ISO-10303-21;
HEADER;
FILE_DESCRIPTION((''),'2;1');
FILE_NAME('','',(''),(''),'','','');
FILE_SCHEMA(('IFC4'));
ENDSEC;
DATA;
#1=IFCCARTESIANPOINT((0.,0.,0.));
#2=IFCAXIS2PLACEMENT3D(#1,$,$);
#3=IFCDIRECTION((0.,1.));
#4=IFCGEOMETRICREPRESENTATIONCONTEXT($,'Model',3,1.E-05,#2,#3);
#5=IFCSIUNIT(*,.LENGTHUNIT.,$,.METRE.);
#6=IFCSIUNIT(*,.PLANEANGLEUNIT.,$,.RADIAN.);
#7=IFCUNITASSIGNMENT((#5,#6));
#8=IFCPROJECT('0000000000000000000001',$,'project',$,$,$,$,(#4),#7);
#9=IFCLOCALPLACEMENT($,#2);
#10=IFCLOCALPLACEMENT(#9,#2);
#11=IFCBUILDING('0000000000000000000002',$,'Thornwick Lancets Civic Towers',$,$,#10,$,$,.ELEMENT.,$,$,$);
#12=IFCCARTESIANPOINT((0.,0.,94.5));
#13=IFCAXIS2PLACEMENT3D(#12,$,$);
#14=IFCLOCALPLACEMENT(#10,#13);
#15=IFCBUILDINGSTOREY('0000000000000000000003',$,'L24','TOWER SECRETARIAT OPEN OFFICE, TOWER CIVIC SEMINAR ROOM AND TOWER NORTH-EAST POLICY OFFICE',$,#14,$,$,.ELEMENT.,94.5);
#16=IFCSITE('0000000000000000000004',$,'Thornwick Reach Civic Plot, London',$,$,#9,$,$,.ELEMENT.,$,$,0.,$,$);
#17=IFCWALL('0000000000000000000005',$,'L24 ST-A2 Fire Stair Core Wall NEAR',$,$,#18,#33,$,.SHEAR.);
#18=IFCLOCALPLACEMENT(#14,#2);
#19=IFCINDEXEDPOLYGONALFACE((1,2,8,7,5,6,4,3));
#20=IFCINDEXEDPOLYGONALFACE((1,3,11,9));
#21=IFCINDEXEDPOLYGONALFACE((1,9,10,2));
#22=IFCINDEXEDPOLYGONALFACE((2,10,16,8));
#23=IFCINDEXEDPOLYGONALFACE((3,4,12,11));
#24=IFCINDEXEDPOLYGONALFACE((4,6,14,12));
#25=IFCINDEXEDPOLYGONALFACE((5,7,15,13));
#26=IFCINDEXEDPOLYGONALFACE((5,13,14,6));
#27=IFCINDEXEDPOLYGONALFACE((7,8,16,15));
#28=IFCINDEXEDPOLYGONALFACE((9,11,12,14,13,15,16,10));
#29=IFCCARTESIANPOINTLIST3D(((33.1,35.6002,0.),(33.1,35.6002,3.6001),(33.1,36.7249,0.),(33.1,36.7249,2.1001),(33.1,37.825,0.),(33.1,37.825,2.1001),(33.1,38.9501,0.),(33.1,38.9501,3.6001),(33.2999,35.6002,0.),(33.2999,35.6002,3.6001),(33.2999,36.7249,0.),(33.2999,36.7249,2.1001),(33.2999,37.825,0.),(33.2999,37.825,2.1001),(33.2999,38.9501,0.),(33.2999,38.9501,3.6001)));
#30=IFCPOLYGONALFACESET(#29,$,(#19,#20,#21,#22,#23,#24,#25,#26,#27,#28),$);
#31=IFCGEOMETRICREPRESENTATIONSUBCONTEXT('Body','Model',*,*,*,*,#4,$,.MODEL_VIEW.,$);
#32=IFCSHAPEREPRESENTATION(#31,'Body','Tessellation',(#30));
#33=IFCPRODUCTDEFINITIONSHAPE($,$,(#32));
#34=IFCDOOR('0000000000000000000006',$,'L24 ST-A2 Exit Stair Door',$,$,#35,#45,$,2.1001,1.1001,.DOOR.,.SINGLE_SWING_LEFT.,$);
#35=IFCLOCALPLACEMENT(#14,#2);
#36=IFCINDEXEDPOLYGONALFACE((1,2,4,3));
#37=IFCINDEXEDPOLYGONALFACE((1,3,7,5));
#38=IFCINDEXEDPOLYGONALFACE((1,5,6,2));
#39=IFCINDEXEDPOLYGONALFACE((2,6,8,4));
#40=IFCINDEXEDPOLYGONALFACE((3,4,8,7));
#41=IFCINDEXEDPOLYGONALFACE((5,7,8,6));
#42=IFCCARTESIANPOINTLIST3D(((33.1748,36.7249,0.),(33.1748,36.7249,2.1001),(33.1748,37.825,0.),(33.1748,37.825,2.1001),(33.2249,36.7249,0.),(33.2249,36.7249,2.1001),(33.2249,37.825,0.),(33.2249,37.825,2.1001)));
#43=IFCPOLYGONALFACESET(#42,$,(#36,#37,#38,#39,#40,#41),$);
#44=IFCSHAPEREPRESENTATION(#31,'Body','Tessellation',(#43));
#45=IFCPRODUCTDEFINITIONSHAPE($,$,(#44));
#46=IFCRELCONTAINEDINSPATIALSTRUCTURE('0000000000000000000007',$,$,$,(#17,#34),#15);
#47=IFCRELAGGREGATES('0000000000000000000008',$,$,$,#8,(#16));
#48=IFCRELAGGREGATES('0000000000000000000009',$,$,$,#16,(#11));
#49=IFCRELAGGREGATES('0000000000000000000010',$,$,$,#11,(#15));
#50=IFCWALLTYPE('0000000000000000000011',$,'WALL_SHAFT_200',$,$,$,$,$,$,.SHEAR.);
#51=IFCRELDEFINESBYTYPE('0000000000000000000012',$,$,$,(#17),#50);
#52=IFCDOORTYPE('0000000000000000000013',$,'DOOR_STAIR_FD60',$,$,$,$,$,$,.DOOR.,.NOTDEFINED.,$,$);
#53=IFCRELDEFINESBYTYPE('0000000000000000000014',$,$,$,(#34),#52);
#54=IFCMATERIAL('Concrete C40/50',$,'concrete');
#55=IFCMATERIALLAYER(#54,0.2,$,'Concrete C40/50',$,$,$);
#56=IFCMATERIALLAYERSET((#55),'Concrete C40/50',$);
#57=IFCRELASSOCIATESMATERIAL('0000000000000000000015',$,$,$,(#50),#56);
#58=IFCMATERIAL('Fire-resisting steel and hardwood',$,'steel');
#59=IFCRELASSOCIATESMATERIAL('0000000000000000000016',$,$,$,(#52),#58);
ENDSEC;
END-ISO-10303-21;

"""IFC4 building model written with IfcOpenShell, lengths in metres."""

from ifc_helpers import new_model, si_unit, direction, frame, frame_2d, origin, place, context, subcontext, project, spatial, rectangle, extrude, material, layer, layer_set, type_object, element, fill, save


model = new_model("IFC4")

# Units and contexts
model_context = context("Model", 3, precision=1e-05, world=origin(), true_north=direction((0.0, 1.0)))
body_context = subcontext(model_context, "Body", "Model", "MODEL_VIEW")
ifc_project = project(units=[si_unit("LENGTHUNIT", "METRE"), si_unit("PLANEANGLEUNIT", "RADIAN")], contexts=[model_context])

# Site, building, storey
site_placement = place(None, origin())
site = spatial("IfcSite", under=ifc_project, at=site_placement, Name="Thornwick Reach Civic Plot, London", CompositionType="ELEMENT", RefElevation=0.0)
building_placement = place(site_placement, origin())
building = spatial("IfcBuilding", under=site, at=building_placement, Name="Thornwick Lancets Civic Towers", CompositionType="ELEMENT")
storey_placement = place(building_placement, frame((0.0, 0.0, 94.5)))
storey = spatial("IfcBuildingStorey", under=building, at=storey_placement, Name="L24", Description="TOWER SECRETARIAT OPEN OFFICE, TOWER CIVIC SEMINAR ROOM AND TOWER NORTH-EAST POLICY OFFICE", CompositionType="ELEMENT", Elevation=94.5)

# Wall, opening, door
ifc_material_1 = material(Name="Concrete C40/50", Category="concrete")
ifc_layer_1 = layer(ifc_material_1, 0.2, Name="Concrete C40/50")
ifc_layer_set_1 = layer_set([ifc_layer_1], Name="Concrete C40/50")
wall_type_1 = type_object("IfcWallType", Name="WALL_SHAFT_200", PredefinedType="SHEAR", material=ifc_layer_set_1)
wall_1_placement = place(storey_placement, frame((33.2, 38.95, 0.0), z_axis=(0.0, 0.0, 1.0), x_axis=(0.0, -1.0, 0.0)))
wall_1 = element("IfcWall", 1, at=wall_1_placement, inside=storey, type_object=wall_type_1, Name="L24 ST-A2 Fire Stair Core Wall NEAR", PredefinedType="SHEAR", context=body_context, shape_type="SweptSolid", body=[
    extrude(rectangle(XDim=3.3499, YDim=0.2, at=frame_2d((1.6748, 0.0))), origin(), (0.0, 0.0, 1.0), 3.6001),
])
opening_1_placement = place(wall_1_placement, frame((1.125, 0.0, 0.0)))
opening_1 = element("IfcOpeningElement", 2, at=opening_1_placement, cuts=wall_1, PredefinedType="OPENING", context=body_context, shape_type="SweptSolid", body=[
    extrude(rectangle(XDim=1.1001, YDim=2.1001, at=frame_2d((0.55, 1.05))), frame((0.0, 0.1099, 0.0), z_axis=(0.0, -1.0, 0.0), x_axis=(1.0, 0.0, 0.0)), (0.0, 0.0, 1.0), 0.22),
])
ifc_material_2 = material(Name="Fire-resisting steel and hardwood", Category="steel")
door_type_1 = type_object("IfcDoorType", Name="DOOR_STAIR_FD60", OperationType="NOTDEFINED", PredefinedType="DOOR", material=ifc_material_2)
door_1_placement = place(opening_1_placement, origin())
door_1 = element("IfcDoor", 3, at=door_1_placement, inside=storey, type_object=door_type_1, Name="L24 ST-A2 Exit Stair Door", OperationType="SINGLE_SWING_LEFT", OverallHeight=2.1001, OverallWidth=1.1001, PredefinedType="DOOR", context=body_context, shape_type="SweptSolid", body=[
    extrude(rectangle(XDim=1.1001, YDim=2.1001, at=frame_2d((0.55, 1.05))), frame((0.0, 0.0249, 0.0), z_axis=(0.0, -1.0, 0.0), x_axis=(1.0, 0.0, 0.0)), (0.0, 0.0, 1.0), 0.05),
])
fill(opening_1, door_1)

save(model, "model.ifc")
